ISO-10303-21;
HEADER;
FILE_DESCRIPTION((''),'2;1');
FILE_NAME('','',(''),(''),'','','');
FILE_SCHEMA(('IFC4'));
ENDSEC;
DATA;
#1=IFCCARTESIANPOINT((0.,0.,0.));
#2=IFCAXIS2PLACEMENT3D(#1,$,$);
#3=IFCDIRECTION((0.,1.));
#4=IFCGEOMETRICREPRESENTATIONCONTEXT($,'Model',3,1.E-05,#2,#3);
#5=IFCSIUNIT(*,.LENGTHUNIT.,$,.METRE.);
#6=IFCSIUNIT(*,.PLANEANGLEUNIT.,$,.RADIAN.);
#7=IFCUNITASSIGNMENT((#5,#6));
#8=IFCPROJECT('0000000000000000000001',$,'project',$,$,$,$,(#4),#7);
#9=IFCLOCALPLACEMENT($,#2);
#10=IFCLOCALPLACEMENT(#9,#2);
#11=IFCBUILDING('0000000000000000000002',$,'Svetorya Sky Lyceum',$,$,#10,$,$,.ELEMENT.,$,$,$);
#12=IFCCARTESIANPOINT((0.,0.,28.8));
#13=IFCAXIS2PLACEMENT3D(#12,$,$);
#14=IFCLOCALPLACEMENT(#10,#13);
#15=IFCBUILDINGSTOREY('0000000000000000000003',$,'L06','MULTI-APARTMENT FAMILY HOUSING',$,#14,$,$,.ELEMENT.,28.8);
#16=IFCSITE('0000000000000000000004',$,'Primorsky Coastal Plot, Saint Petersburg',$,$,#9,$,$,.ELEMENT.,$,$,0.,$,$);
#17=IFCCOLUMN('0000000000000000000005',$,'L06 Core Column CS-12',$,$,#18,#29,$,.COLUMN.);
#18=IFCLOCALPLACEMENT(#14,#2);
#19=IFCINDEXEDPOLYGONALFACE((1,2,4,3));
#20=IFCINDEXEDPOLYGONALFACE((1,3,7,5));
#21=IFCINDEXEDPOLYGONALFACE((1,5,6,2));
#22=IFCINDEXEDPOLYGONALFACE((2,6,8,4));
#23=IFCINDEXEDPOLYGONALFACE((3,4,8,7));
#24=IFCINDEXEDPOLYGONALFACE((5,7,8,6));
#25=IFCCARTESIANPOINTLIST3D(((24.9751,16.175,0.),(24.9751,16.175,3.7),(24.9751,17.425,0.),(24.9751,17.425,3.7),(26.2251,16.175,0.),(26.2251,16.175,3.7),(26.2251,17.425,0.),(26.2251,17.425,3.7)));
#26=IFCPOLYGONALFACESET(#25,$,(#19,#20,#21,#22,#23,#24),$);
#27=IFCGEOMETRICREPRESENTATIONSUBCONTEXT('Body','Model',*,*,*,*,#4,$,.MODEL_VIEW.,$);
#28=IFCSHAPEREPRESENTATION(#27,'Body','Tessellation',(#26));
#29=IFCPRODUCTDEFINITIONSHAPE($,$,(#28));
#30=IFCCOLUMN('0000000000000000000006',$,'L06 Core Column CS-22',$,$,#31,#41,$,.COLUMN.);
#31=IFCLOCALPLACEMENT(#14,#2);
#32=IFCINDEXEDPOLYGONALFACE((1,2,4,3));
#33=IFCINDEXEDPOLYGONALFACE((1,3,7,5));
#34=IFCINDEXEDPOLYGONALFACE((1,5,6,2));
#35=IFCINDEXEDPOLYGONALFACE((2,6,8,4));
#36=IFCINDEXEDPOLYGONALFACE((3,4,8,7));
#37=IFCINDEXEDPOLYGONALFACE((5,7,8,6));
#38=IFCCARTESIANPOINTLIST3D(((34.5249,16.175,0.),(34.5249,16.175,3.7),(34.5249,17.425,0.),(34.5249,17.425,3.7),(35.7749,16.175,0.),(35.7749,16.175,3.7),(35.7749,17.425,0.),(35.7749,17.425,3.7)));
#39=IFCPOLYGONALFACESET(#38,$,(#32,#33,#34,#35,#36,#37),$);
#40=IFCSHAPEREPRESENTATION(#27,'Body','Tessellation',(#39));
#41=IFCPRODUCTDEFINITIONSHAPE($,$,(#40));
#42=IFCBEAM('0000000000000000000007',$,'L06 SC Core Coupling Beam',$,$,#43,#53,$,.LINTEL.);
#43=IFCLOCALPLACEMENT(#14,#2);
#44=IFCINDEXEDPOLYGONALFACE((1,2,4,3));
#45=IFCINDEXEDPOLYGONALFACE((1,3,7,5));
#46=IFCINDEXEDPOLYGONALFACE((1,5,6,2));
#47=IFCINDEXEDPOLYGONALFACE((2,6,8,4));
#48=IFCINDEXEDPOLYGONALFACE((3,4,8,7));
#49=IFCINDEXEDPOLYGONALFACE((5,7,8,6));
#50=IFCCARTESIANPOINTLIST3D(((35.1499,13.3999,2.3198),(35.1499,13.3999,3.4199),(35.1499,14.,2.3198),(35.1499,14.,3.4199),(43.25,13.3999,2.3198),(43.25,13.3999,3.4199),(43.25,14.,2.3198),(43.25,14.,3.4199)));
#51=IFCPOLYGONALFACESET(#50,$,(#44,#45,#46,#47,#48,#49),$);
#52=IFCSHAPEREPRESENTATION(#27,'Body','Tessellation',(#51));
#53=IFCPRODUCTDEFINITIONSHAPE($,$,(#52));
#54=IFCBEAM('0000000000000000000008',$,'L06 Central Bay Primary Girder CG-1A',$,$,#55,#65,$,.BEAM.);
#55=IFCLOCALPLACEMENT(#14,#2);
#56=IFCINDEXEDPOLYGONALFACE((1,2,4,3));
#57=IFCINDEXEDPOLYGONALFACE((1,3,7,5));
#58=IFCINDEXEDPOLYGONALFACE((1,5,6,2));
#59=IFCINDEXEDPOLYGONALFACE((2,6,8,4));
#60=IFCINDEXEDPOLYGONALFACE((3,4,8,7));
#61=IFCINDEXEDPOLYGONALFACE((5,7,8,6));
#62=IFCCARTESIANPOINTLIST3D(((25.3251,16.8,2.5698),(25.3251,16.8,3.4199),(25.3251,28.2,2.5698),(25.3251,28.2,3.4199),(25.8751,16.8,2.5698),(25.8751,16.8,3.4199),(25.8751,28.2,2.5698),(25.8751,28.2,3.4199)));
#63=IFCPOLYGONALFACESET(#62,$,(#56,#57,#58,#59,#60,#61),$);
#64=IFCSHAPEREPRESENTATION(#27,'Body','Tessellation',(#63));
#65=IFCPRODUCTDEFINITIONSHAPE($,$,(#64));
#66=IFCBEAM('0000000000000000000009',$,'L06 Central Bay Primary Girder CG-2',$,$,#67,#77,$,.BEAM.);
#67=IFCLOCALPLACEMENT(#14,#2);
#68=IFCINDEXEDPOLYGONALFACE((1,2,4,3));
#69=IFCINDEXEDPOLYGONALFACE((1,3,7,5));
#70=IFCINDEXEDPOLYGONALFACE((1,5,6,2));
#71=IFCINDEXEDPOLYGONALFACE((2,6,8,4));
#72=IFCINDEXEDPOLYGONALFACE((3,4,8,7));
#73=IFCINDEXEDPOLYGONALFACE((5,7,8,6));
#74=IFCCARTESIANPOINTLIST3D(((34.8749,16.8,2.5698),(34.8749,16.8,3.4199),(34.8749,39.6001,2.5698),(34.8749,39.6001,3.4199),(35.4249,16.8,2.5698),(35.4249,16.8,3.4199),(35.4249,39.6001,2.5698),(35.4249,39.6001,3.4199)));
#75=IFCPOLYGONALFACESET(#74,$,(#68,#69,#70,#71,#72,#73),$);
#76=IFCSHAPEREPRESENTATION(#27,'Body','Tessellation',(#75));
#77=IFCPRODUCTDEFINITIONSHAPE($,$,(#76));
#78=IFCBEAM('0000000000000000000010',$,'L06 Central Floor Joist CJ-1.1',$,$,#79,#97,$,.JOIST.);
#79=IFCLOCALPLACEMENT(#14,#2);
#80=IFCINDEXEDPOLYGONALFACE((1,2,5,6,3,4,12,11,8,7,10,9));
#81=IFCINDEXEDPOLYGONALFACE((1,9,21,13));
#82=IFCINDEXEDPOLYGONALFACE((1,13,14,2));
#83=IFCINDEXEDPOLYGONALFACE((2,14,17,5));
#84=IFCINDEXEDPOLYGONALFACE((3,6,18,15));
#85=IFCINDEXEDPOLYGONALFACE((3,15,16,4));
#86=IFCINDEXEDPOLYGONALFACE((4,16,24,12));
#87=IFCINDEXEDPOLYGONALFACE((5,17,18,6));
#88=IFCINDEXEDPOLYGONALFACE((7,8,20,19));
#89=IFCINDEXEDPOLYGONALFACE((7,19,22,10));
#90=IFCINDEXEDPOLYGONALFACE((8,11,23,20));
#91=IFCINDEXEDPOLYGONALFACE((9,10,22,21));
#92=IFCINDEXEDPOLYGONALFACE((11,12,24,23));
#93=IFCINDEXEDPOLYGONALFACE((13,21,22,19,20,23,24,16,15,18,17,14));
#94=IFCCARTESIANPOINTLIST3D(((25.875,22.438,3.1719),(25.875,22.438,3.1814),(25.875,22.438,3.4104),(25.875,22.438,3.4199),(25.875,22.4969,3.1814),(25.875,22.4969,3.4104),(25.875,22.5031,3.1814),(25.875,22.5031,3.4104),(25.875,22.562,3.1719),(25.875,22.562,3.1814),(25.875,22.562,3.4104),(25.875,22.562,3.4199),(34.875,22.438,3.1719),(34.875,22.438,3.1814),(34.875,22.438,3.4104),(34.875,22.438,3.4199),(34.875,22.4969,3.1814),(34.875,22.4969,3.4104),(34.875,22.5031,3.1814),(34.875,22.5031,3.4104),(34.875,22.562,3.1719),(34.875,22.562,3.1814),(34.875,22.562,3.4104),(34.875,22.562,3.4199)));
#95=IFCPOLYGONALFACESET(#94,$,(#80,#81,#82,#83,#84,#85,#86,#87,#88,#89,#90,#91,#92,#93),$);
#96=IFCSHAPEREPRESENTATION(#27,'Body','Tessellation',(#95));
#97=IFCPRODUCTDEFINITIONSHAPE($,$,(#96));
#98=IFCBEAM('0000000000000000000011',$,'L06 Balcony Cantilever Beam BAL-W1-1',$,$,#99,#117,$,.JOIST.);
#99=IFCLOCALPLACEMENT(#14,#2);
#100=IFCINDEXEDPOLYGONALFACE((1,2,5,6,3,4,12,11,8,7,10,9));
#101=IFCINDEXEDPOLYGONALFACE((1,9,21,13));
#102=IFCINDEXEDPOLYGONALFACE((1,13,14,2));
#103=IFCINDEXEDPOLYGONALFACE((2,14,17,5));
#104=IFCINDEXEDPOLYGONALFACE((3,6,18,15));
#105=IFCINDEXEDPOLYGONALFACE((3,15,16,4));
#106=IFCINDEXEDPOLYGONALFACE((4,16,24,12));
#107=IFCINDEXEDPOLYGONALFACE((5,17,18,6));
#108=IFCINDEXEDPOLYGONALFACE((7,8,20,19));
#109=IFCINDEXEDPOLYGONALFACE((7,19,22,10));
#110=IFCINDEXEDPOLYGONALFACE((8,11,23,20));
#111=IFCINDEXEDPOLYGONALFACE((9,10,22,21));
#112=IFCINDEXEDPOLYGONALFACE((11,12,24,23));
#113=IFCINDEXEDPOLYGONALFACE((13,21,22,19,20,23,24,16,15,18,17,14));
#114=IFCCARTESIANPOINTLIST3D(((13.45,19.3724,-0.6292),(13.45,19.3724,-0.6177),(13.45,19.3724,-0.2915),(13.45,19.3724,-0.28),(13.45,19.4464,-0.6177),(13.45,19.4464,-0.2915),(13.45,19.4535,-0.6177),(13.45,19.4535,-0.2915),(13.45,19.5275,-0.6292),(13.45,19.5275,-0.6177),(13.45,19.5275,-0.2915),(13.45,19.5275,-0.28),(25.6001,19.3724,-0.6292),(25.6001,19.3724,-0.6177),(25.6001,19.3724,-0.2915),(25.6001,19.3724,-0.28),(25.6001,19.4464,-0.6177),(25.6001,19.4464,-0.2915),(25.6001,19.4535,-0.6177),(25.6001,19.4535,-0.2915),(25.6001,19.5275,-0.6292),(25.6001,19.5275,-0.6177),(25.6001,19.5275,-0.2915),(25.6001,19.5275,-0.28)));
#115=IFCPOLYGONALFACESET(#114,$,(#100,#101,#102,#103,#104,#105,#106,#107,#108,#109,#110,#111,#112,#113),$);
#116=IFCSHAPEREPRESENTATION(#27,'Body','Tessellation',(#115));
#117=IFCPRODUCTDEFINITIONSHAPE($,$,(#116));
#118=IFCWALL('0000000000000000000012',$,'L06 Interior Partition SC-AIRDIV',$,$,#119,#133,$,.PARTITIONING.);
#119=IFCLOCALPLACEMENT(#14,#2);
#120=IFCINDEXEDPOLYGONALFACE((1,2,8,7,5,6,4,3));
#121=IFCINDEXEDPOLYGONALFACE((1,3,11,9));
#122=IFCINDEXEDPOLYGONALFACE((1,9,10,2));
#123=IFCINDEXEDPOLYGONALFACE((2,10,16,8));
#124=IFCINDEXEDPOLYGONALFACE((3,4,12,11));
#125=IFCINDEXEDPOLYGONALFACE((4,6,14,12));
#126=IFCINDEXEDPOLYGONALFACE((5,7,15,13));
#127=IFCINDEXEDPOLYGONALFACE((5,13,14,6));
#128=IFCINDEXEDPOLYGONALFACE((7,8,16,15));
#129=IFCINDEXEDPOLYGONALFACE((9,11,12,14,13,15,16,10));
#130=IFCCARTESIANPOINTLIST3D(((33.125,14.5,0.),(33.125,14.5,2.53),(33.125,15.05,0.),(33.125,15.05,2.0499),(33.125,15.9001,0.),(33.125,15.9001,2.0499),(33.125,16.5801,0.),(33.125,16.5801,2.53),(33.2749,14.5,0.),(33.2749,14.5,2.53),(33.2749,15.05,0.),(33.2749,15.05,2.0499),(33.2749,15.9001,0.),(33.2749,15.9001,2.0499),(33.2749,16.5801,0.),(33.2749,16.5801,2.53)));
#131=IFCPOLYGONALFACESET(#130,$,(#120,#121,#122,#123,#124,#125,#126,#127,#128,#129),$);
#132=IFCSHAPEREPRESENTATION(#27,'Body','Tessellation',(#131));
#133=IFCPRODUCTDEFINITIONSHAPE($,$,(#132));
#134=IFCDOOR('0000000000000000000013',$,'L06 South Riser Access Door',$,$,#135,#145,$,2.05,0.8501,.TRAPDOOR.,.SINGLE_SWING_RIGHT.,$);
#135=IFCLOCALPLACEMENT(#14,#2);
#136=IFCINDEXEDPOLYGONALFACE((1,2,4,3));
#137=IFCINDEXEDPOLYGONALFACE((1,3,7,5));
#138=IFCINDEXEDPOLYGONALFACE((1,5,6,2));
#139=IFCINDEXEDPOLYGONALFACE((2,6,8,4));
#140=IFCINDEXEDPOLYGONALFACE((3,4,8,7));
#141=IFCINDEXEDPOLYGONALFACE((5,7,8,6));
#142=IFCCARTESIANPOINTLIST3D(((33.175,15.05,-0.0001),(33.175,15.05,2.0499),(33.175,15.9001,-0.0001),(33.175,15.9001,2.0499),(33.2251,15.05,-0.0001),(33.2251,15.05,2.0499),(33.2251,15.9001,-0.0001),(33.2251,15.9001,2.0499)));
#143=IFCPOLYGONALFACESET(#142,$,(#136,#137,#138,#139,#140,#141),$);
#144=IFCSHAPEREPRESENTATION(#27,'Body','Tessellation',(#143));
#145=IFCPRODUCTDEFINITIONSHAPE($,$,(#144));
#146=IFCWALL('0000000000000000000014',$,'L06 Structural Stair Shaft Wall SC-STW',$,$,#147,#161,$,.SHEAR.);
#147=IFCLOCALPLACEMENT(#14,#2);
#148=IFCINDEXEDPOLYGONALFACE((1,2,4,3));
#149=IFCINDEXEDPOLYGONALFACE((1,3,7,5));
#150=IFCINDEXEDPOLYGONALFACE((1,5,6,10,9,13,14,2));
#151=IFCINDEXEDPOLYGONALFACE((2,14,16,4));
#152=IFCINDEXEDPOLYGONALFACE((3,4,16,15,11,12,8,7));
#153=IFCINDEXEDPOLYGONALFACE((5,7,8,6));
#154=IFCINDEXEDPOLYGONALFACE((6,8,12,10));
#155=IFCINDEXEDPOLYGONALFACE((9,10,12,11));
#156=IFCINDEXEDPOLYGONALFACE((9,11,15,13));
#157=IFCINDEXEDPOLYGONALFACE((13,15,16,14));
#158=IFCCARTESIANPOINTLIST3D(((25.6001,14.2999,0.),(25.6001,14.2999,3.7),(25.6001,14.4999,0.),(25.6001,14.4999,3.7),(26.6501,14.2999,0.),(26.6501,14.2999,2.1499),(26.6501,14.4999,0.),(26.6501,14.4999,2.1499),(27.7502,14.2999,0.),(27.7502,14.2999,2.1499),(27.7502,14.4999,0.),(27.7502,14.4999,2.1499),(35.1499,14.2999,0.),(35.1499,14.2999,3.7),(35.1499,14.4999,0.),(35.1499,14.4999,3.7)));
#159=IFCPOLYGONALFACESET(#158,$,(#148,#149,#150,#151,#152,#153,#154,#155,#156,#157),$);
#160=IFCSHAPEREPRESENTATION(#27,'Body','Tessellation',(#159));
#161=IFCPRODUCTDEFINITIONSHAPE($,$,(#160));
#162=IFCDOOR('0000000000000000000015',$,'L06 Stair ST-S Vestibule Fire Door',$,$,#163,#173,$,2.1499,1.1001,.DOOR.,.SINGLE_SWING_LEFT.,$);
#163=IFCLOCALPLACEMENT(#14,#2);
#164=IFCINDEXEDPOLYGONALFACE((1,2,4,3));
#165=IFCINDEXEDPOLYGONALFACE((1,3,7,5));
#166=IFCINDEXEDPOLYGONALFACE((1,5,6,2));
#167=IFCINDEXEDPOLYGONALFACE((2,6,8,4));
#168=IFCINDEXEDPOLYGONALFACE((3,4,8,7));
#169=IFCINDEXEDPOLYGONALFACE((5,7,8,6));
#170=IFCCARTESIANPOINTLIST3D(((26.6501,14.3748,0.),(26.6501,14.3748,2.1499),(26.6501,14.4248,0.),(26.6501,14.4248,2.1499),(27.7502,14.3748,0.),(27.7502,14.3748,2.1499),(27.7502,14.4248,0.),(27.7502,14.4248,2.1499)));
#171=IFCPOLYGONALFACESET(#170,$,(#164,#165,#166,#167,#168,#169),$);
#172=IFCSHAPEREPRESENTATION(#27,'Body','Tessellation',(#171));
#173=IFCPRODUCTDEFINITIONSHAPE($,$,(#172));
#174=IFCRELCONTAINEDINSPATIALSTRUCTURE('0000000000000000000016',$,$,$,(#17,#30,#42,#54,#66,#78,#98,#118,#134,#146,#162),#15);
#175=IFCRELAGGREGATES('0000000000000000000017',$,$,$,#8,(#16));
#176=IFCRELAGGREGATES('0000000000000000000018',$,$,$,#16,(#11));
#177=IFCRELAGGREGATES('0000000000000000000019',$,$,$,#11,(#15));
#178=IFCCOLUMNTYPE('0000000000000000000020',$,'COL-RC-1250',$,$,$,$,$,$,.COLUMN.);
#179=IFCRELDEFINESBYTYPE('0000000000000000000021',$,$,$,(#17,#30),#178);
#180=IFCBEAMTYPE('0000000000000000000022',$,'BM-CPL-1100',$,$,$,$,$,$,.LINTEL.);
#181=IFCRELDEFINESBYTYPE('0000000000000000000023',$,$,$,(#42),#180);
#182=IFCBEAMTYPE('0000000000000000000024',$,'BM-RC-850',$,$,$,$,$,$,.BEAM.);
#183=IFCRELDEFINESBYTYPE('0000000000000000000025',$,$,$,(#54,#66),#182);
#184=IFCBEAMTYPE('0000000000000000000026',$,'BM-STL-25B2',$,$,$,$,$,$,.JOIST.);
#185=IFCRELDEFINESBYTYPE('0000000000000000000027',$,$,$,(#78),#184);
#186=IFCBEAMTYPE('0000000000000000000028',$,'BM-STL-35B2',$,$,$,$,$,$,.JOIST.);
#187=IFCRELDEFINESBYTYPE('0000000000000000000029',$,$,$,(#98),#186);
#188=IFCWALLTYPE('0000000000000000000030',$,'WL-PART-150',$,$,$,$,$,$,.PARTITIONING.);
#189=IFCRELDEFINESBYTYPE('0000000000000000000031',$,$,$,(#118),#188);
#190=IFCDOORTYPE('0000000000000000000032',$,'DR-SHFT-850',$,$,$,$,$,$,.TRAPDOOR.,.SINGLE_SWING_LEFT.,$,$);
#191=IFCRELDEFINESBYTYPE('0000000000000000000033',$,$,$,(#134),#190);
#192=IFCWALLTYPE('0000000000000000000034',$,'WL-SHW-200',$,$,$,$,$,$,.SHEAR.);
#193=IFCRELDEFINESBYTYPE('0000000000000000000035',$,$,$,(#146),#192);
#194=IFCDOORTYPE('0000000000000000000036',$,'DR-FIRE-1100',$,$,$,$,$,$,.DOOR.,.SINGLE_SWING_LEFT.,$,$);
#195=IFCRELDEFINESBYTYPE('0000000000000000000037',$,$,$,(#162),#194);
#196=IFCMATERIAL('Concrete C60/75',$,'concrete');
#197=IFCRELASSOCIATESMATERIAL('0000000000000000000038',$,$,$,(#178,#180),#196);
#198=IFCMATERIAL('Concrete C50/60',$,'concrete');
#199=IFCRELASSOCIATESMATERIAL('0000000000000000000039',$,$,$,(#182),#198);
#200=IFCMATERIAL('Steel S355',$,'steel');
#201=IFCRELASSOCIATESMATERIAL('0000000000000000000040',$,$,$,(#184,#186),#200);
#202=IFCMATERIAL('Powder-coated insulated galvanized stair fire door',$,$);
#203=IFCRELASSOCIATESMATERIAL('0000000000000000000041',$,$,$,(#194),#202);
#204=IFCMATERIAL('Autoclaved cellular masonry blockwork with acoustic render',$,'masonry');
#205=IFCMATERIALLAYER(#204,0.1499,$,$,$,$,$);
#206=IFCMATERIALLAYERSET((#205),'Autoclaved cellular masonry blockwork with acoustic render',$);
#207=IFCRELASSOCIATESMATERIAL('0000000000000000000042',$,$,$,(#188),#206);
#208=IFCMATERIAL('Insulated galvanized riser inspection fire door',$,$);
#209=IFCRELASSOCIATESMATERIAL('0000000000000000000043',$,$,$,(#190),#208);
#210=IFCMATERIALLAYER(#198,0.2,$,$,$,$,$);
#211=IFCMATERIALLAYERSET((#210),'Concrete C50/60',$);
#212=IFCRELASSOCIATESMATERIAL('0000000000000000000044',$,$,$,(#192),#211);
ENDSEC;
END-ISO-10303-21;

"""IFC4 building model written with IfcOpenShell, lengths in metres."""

from ifc_helpers import new_model, si_unit, direction, frame, frame_2d, origin, origin_2d, place, context, subcontext, project, spatial, rectangle, i_section, extrude, material, layer, layer_set, material_profile, profile_set, type_object, element, fill, save


model = new_model("IFC4")

# Units and contexts
model_context = context("Model", 3, precision=1e-05, world=origin(), true_north=direction((0.0, 1.0)))
body_context = subcontext(model_context, "Body", "Model", "MODEL_VIEW")
ifc_project = project(units=[si_unit("LENGTHUNIT", "METRE"), si_unit("PLANEANGLEUNIT", "RADIAN")], contexts=[model_context])

# Site, building, storey
site_placement = place(None, origin())
site = spatial("IfcSite", under=ifc_project, at=site_placement, Name="Primorsky Coastal Plot, Saint Petersburg", CompositionType="ELEMENT", RefElevation=0.0)
building_placement = place(site_placement, origin())
building = spatial("IfcBuilding", under=site, at=building_placement, Name="Svetorya Sky Lyceum", CompositionType="ELEMENT")
storey_placement = place(building_placement, frame((0.0, 0.0, 28.8)))
storey = spatial("IfcBuildingStorey", under=building, at=storey_placement, Name="L06", Description="MULTI-APARTMENT FAMILY HOUSING", CompositionType="ELEMENT", Elevation=28.8)

# Columns
ifc_material_1 = material(Name="Concrete C60/75", Category="concrete")
ifc_material_profile_1 = material_profile(ifc_material_1, rectangle(XDim=1.25, YDim=1.25, at=origin_2d()), Name="RC COL 1250x1250")
ifc_profile_set_1 = profile_set([ifc_material_profile_1], Name="Concrete C60/75")
column_type = type_object("IfcColumnType", Name="COL-RC-1250", PredefinedType="COLUMN", material=ifc_profile_set_1)
for number, where, z_axis, x_axis, name in (
    (1, (25.6001, 16.8, 0.0), (0.0, 0.0, 1.0), (1.0, 0.0, 0.0), "L06 Core Column CS-12"),
    (2, (35.1499, 16.8, 0.0), (0.0, 0.0, 1.0), (1.0, 0.0, 0.0), "L06 Core Column CS-22"),
):
    element("IfcColumn", number, at=place(storey_placement, frame(where, z_axis=z_axis, x_axis=x_axis)), inside=storey, type_object=column_type, Name=name, PredefinedType="COLUMN", context=body_context, shape_type="SweptSolid", body=[
        extrude(rectangle(XDim=1.25, YDim=1.25, at=origin_2d()), origin(), (0.0, 0.0, 1.0), 3.7),
    ])

# Beams
ifc_material_profile_2 = material_profile(ifc_material_1, rectangle(XDim=0.6001, YDim=1.1001, at=origin_2d()), Name="RC COUPLING 600x1100")
ifc_profile_set_2 = profile_set([ifc_material_profile_2], Name="Concrete C60/75")
beam_type_1 = type_object("IfcBeamType", Name="BM-CPL-1100", PredefinedType="LINTEL", material=ifc_profile_set_2)
beam_1_placement = place(storey_placement, frame((35.1499, 13.7, 2.8699), z_axis=(1.0, 0.0, 0.0), x_axis=(0.0, 1.0, 0.0)))
element("IfcBeam", 3, at=beam_1_placement, inside=storey, type_object=beam_type_1, Name="L06 SC Core Coupling Beam", PredefinedType="LINTEL", context=body_context, shape_type="SweptSolid", body=[
    extrude(rectangle(XDim=0.6001, YDim=1.1001, at=origin_2d()), origin(), (0.0, 0.0, 1.0), 8.1001),
])
ifc_material_2 = material(Name="Concrete C50/60", Category="concrete")
ifc_material_profile_3 = material_profile(ifc_material_2, rectangle(XDim=0.55, YDim=0.8501, at=origin_2d()), Name="RC BEAM 550x850")
ifc_profile_set_3 = profile_set([ifc_material_profile_3], Name="Concrete C50/60")
beam_type_2 = type_object("IfcBeamType", Name="BM-RC-850", PredefinedType="BEAM", material=ifc_profile_set_3)
beam_2_placement = place(storey_placement, frame((25.6001, 16.8, 2.9949), z_axis=(0.0, 1.0, 0.0), x_axis=(-1.0, 0.0, 0.0)))
element("IfcBeam", 4, at=beam_2_placement, inside=storey, type_object=beam_type_2, Name="L06 Central Bay Primary Girder CG-1A", PredefinedType="BEAM", context=body_context, shape_type="SweptSolid", body=[
    extrude(rectangle(XDim=0.55, YDim=0.8501, at=origin_2d()), origin(), (0.0, 0.0, 1.0), 11.3999),
])
beam_3_placement = place(storey_placement, frame((35.1499, 16.8, 2.9949), z_axis=(0.0, 1.0, 0.0), x_axis=(-1.0, 0.0, 0.0)))
element("IfcBeam", 5, at=beam_3_placement, inside=storey, type_object=beam_type_2, Name="L06 Central Bay Primary Girder CG-2", PredefinedType="BEAM", context=body_context, shape_type="SweptSolid", body=[
    extrude(rectangle(XDim=0.55, YDim=0.8501, at=origin_2d()), origin(), (0.0, 0.0, 1.0), 22.8),
])
ifc_material_3 = material(Name="Steel S355", Category="steel")
ifc_material_profile_4 = material_profile(ifc_material_3, i_section(OverallWidth=0.124, OverallDepth=0.248, WebThickness=0.0061, FlangeThickness=0.0095, at=origin_2d()), Name="GOST 25B2")
ifc_profile_set_4 = profile_set([ifc_material_profile_4], Name="Steel S355")
beam_type_3 = type_object("IfcBeamType", Name="BM-STL-25B2", PredefinedType="JOIST", material=ifc_profile_set_4)
beam_4_placement = place(storey_placement, frame((25.875, 22.5, 3.2959), z_axis=(1.0, 0.0, 0.0), x_axis=(0.0, 1.0, 0.0)))
element("IfcBeam", 6, at=beam_4_placement, inside=storey, type_object=beam_type_3, Name="L06 Central Floor Joist CJ-1.1", PredefinedType="JOIST", context=body_context, shape_type="SweptSolid", body=[
    extrude(i_section(OverallWidth=0.124, OverallDepth=0.248, WebThickness=0.0061, FlangeThickness=0.0095, at=origin_2d()), origin(), (0.0, 0.0, 1.0), 9.0),
])
ifc_material_profile_5 = material_profile(ifc_material_3, i_section(OverallWidth=0.155, OverallDepth=0.3491, WebThickness=0.0071, FlangeThickness=0.0115, at=origin_2d()), Name="GOST 35B2")
ifc_profile_set_5 = profile_set([ifc_material_profile_5], Name="Steel S355")
beam_type_4 = type_object("IfcBeamType", Name="BM-STL-35B2", PredefinedType="JOIST", material=ifc_profile_set_5)
beam_5_placement = place(storey_placement, frame((25.6001, 19.45, -0.4546), z_axis=(-1.0, 0.0, 0.0), x_axis=(0.0, -1.0, 0.0)))
element("IfcBeam", 7, at=beam_5_placement, inside=storey, type_object=beam_type_4, Name="L06 Balcony Cantilever Beam BAL-W1-1", PredefinedType="JOIST", context=body_context, shape_type="SweptSolid", body=[
    extrude(i_section(OverallWidth=0.155, OverallDepth=0.3491, WebThickness=0.0071, FlangeThickness=0.0115, at=origin_2d()), origin(), (0.0, 0.0, 1.0), 12.1501),
])

# Shared definitions
ifc_material_4 = material(Name="Powder-coated insulated galvanized stair fire door")
door_type_1 = type_object("IfcDoorType", Name="DR-FIRE-1100", OperationType="SINGLE_SWING_LEFT", PredefinedType="DOOR", material=ifc_material_4)

# Walls, openings, doors
ifc_material_5 = material(Name="Autoclaved cellular masonry blockwork with acoustic render", Category="masonry")
ifc_layer_1 = layer(ifc_material_5, 0.1499)
ifc_layer_set_1 = layer_set([ifc_layer_1], Name="Autoclaved cellular masonry blockwork with acoustic render")
wall_type_1 = type_object("IfcWallType", Name="WL-PART-150", PredefinedType="PARTITIONING", material=ifc_layer_set_1)
wall_1_placement = place(storey_placement, frame((33.2, 14.5, 0.0), z_axis=(0.0, 0.0, 1.0), x_axis=(0.0, 1.0, 0.0)))
wall_1 = element("IfcWall", 8, at=wall_1_placement, inside=storey, type_object=wall_type_1, Name="L06 Interior Partition SC-AIRDIV", PredefinedType="PARTITIONING", context=body_context, shape_type="SweptSolid", body=[
    extrude(rectangle(XDim=2.0801, YDim=0.1499, at=frame_2d((1.04, 0.0))), origin(), (0.0, 0.0, 1.0), 2.53),
])
opening_1_placement = place(wall_1_placement, frame((0.55, 0.0, 0.0)))
opening_1 = element("IfcOpeningElement", 9, at=opening_1_placement, cuts=wall_1, PredefinedType="OPENING", context=body_context, shape_type="SweptSolid", body=[
    extrude(rectangle(XDim=0.8501, YDim=2.05, at=frame_2d((0.425, 1.0249))), frame((0.0, 0.085, 0.0), z_axis=(0.0, -1.0, 0.0), x_axis=(1.0, 0.0, 0.0)), (0.0, 0.0, 1.0), 0.1699),
])
ifc_material_6 = material(Name="Insulated galvanized riser inspection fire door")
door_type_2 = type_object("IfcDoorType", Name="DR-SHFT-850", OperationType="SINGLE_SWING_LEFT", PredefinedType="TRAPDOOR", material=ifc_material_6)
door_1_placement = place(opening_1_placement, origin())
door_1 = element("IfcDoor", 10, at=door_1_placement, inside=storey, type_object=door_type_2, Name="L06 South Riser Access Door", OperationType="SINGLE_SWING_RIGHT", OverallHeight=2.05, OverallWidth=0.8501, PredefinedType="TRAPDOOR", context=body_context, shape_type="SweptSolid", body=[
    extrude(rectangle(XDim=0.8501, YDim=2.05, at=frame_2d((0.425, 1.0249))), frame((0.0, 0.0249, 0.0), z_axis=(0.0, -1.0, 0.0), x_axis=(1.0, 0.0, 0.0)), (0.0, 0.0, 1.0), 0.05),
])
fill(opening_1, door_1)
ifc_layer_2 = layer(ifc_material_2, 0.2)
ifc_layer_set_2 = layer_set([ifc_layer_2], Name="Concrete C50/60")
wall_type_2 = type_object("IfcWallType", Name="WL-SHW-200", PredefinedType="SHEAR", material=ifc_layer_set_2)
wall_2_placement = place(storey_placement, frame((25.6001, 14.3999, 0.0), z_axis=(0.0, 0.0, 1.0), x_axis=(1.0, 0.0, 0.0)))
wall_2 = element("IfcWall", 11, at=wall_2_placement, inside=storey, type_object=wall_type_2, Name="L06 Structural Stair Shaft Wall SC-STW", PredefinedType="SHEAR", context=body_context, shape_type="SweptSolid", body=[
    extrude(rectangle(XDim=9.5498, YDim=0.2, at=frame_2d((4.7749, 0.0))), origin(), (0.0, 0.0, 1.0), 3.7),
])
opening_2_placement = place(wall_2_placement, frame((1.05, 0.0, 0.0)))
opening_2 = element("IfcOpeningElement", 12, at=opening_2_placement, cuts=wall_2, PredefinedType="OPENING", context=body_context, shape_type="SweptSolid", body=[
    extrude(rectangle(XDim=1.1001, YDim=2.1499, at=frame_2d((0.55, 1.075))), frame((0.0, 0.1099, 0.0), z_axis=(0.0, -1.0, 0.0), x_axis=(1.0, 0.0, 0.0)), (0.0, 0.0, 1.0), 0.22),
])
door_2_placement = place(opening_2_placement, origin())
door_2 = element("IfcDoor", 13, at=door_2_placement, inside=storey, type_object=door_type_1, Name="L06 Stair ST-S Vestibule Fire Door", OperationType="SINGLE_SWING_LEFT", OverallHeight=2.1499, OverallWidth=1.1001, PredefinedType="DOOR", context=body_context, shape_type="SweptSolid", body=[
    extrude(rectangle(XDim=1.1001, YDim=2.1499, at=frame_2d((0.55, 1.075))), frame((0.0, 0.0249, 0.0), z_axis=(0.0, -1.0, 0.0), x_axis=(1.0, 0.0, 0.0)), (0.0, 0.0, 1.0), 0.05),
])
fill(opening_2, door_2)

save(model, "model.ifc")
